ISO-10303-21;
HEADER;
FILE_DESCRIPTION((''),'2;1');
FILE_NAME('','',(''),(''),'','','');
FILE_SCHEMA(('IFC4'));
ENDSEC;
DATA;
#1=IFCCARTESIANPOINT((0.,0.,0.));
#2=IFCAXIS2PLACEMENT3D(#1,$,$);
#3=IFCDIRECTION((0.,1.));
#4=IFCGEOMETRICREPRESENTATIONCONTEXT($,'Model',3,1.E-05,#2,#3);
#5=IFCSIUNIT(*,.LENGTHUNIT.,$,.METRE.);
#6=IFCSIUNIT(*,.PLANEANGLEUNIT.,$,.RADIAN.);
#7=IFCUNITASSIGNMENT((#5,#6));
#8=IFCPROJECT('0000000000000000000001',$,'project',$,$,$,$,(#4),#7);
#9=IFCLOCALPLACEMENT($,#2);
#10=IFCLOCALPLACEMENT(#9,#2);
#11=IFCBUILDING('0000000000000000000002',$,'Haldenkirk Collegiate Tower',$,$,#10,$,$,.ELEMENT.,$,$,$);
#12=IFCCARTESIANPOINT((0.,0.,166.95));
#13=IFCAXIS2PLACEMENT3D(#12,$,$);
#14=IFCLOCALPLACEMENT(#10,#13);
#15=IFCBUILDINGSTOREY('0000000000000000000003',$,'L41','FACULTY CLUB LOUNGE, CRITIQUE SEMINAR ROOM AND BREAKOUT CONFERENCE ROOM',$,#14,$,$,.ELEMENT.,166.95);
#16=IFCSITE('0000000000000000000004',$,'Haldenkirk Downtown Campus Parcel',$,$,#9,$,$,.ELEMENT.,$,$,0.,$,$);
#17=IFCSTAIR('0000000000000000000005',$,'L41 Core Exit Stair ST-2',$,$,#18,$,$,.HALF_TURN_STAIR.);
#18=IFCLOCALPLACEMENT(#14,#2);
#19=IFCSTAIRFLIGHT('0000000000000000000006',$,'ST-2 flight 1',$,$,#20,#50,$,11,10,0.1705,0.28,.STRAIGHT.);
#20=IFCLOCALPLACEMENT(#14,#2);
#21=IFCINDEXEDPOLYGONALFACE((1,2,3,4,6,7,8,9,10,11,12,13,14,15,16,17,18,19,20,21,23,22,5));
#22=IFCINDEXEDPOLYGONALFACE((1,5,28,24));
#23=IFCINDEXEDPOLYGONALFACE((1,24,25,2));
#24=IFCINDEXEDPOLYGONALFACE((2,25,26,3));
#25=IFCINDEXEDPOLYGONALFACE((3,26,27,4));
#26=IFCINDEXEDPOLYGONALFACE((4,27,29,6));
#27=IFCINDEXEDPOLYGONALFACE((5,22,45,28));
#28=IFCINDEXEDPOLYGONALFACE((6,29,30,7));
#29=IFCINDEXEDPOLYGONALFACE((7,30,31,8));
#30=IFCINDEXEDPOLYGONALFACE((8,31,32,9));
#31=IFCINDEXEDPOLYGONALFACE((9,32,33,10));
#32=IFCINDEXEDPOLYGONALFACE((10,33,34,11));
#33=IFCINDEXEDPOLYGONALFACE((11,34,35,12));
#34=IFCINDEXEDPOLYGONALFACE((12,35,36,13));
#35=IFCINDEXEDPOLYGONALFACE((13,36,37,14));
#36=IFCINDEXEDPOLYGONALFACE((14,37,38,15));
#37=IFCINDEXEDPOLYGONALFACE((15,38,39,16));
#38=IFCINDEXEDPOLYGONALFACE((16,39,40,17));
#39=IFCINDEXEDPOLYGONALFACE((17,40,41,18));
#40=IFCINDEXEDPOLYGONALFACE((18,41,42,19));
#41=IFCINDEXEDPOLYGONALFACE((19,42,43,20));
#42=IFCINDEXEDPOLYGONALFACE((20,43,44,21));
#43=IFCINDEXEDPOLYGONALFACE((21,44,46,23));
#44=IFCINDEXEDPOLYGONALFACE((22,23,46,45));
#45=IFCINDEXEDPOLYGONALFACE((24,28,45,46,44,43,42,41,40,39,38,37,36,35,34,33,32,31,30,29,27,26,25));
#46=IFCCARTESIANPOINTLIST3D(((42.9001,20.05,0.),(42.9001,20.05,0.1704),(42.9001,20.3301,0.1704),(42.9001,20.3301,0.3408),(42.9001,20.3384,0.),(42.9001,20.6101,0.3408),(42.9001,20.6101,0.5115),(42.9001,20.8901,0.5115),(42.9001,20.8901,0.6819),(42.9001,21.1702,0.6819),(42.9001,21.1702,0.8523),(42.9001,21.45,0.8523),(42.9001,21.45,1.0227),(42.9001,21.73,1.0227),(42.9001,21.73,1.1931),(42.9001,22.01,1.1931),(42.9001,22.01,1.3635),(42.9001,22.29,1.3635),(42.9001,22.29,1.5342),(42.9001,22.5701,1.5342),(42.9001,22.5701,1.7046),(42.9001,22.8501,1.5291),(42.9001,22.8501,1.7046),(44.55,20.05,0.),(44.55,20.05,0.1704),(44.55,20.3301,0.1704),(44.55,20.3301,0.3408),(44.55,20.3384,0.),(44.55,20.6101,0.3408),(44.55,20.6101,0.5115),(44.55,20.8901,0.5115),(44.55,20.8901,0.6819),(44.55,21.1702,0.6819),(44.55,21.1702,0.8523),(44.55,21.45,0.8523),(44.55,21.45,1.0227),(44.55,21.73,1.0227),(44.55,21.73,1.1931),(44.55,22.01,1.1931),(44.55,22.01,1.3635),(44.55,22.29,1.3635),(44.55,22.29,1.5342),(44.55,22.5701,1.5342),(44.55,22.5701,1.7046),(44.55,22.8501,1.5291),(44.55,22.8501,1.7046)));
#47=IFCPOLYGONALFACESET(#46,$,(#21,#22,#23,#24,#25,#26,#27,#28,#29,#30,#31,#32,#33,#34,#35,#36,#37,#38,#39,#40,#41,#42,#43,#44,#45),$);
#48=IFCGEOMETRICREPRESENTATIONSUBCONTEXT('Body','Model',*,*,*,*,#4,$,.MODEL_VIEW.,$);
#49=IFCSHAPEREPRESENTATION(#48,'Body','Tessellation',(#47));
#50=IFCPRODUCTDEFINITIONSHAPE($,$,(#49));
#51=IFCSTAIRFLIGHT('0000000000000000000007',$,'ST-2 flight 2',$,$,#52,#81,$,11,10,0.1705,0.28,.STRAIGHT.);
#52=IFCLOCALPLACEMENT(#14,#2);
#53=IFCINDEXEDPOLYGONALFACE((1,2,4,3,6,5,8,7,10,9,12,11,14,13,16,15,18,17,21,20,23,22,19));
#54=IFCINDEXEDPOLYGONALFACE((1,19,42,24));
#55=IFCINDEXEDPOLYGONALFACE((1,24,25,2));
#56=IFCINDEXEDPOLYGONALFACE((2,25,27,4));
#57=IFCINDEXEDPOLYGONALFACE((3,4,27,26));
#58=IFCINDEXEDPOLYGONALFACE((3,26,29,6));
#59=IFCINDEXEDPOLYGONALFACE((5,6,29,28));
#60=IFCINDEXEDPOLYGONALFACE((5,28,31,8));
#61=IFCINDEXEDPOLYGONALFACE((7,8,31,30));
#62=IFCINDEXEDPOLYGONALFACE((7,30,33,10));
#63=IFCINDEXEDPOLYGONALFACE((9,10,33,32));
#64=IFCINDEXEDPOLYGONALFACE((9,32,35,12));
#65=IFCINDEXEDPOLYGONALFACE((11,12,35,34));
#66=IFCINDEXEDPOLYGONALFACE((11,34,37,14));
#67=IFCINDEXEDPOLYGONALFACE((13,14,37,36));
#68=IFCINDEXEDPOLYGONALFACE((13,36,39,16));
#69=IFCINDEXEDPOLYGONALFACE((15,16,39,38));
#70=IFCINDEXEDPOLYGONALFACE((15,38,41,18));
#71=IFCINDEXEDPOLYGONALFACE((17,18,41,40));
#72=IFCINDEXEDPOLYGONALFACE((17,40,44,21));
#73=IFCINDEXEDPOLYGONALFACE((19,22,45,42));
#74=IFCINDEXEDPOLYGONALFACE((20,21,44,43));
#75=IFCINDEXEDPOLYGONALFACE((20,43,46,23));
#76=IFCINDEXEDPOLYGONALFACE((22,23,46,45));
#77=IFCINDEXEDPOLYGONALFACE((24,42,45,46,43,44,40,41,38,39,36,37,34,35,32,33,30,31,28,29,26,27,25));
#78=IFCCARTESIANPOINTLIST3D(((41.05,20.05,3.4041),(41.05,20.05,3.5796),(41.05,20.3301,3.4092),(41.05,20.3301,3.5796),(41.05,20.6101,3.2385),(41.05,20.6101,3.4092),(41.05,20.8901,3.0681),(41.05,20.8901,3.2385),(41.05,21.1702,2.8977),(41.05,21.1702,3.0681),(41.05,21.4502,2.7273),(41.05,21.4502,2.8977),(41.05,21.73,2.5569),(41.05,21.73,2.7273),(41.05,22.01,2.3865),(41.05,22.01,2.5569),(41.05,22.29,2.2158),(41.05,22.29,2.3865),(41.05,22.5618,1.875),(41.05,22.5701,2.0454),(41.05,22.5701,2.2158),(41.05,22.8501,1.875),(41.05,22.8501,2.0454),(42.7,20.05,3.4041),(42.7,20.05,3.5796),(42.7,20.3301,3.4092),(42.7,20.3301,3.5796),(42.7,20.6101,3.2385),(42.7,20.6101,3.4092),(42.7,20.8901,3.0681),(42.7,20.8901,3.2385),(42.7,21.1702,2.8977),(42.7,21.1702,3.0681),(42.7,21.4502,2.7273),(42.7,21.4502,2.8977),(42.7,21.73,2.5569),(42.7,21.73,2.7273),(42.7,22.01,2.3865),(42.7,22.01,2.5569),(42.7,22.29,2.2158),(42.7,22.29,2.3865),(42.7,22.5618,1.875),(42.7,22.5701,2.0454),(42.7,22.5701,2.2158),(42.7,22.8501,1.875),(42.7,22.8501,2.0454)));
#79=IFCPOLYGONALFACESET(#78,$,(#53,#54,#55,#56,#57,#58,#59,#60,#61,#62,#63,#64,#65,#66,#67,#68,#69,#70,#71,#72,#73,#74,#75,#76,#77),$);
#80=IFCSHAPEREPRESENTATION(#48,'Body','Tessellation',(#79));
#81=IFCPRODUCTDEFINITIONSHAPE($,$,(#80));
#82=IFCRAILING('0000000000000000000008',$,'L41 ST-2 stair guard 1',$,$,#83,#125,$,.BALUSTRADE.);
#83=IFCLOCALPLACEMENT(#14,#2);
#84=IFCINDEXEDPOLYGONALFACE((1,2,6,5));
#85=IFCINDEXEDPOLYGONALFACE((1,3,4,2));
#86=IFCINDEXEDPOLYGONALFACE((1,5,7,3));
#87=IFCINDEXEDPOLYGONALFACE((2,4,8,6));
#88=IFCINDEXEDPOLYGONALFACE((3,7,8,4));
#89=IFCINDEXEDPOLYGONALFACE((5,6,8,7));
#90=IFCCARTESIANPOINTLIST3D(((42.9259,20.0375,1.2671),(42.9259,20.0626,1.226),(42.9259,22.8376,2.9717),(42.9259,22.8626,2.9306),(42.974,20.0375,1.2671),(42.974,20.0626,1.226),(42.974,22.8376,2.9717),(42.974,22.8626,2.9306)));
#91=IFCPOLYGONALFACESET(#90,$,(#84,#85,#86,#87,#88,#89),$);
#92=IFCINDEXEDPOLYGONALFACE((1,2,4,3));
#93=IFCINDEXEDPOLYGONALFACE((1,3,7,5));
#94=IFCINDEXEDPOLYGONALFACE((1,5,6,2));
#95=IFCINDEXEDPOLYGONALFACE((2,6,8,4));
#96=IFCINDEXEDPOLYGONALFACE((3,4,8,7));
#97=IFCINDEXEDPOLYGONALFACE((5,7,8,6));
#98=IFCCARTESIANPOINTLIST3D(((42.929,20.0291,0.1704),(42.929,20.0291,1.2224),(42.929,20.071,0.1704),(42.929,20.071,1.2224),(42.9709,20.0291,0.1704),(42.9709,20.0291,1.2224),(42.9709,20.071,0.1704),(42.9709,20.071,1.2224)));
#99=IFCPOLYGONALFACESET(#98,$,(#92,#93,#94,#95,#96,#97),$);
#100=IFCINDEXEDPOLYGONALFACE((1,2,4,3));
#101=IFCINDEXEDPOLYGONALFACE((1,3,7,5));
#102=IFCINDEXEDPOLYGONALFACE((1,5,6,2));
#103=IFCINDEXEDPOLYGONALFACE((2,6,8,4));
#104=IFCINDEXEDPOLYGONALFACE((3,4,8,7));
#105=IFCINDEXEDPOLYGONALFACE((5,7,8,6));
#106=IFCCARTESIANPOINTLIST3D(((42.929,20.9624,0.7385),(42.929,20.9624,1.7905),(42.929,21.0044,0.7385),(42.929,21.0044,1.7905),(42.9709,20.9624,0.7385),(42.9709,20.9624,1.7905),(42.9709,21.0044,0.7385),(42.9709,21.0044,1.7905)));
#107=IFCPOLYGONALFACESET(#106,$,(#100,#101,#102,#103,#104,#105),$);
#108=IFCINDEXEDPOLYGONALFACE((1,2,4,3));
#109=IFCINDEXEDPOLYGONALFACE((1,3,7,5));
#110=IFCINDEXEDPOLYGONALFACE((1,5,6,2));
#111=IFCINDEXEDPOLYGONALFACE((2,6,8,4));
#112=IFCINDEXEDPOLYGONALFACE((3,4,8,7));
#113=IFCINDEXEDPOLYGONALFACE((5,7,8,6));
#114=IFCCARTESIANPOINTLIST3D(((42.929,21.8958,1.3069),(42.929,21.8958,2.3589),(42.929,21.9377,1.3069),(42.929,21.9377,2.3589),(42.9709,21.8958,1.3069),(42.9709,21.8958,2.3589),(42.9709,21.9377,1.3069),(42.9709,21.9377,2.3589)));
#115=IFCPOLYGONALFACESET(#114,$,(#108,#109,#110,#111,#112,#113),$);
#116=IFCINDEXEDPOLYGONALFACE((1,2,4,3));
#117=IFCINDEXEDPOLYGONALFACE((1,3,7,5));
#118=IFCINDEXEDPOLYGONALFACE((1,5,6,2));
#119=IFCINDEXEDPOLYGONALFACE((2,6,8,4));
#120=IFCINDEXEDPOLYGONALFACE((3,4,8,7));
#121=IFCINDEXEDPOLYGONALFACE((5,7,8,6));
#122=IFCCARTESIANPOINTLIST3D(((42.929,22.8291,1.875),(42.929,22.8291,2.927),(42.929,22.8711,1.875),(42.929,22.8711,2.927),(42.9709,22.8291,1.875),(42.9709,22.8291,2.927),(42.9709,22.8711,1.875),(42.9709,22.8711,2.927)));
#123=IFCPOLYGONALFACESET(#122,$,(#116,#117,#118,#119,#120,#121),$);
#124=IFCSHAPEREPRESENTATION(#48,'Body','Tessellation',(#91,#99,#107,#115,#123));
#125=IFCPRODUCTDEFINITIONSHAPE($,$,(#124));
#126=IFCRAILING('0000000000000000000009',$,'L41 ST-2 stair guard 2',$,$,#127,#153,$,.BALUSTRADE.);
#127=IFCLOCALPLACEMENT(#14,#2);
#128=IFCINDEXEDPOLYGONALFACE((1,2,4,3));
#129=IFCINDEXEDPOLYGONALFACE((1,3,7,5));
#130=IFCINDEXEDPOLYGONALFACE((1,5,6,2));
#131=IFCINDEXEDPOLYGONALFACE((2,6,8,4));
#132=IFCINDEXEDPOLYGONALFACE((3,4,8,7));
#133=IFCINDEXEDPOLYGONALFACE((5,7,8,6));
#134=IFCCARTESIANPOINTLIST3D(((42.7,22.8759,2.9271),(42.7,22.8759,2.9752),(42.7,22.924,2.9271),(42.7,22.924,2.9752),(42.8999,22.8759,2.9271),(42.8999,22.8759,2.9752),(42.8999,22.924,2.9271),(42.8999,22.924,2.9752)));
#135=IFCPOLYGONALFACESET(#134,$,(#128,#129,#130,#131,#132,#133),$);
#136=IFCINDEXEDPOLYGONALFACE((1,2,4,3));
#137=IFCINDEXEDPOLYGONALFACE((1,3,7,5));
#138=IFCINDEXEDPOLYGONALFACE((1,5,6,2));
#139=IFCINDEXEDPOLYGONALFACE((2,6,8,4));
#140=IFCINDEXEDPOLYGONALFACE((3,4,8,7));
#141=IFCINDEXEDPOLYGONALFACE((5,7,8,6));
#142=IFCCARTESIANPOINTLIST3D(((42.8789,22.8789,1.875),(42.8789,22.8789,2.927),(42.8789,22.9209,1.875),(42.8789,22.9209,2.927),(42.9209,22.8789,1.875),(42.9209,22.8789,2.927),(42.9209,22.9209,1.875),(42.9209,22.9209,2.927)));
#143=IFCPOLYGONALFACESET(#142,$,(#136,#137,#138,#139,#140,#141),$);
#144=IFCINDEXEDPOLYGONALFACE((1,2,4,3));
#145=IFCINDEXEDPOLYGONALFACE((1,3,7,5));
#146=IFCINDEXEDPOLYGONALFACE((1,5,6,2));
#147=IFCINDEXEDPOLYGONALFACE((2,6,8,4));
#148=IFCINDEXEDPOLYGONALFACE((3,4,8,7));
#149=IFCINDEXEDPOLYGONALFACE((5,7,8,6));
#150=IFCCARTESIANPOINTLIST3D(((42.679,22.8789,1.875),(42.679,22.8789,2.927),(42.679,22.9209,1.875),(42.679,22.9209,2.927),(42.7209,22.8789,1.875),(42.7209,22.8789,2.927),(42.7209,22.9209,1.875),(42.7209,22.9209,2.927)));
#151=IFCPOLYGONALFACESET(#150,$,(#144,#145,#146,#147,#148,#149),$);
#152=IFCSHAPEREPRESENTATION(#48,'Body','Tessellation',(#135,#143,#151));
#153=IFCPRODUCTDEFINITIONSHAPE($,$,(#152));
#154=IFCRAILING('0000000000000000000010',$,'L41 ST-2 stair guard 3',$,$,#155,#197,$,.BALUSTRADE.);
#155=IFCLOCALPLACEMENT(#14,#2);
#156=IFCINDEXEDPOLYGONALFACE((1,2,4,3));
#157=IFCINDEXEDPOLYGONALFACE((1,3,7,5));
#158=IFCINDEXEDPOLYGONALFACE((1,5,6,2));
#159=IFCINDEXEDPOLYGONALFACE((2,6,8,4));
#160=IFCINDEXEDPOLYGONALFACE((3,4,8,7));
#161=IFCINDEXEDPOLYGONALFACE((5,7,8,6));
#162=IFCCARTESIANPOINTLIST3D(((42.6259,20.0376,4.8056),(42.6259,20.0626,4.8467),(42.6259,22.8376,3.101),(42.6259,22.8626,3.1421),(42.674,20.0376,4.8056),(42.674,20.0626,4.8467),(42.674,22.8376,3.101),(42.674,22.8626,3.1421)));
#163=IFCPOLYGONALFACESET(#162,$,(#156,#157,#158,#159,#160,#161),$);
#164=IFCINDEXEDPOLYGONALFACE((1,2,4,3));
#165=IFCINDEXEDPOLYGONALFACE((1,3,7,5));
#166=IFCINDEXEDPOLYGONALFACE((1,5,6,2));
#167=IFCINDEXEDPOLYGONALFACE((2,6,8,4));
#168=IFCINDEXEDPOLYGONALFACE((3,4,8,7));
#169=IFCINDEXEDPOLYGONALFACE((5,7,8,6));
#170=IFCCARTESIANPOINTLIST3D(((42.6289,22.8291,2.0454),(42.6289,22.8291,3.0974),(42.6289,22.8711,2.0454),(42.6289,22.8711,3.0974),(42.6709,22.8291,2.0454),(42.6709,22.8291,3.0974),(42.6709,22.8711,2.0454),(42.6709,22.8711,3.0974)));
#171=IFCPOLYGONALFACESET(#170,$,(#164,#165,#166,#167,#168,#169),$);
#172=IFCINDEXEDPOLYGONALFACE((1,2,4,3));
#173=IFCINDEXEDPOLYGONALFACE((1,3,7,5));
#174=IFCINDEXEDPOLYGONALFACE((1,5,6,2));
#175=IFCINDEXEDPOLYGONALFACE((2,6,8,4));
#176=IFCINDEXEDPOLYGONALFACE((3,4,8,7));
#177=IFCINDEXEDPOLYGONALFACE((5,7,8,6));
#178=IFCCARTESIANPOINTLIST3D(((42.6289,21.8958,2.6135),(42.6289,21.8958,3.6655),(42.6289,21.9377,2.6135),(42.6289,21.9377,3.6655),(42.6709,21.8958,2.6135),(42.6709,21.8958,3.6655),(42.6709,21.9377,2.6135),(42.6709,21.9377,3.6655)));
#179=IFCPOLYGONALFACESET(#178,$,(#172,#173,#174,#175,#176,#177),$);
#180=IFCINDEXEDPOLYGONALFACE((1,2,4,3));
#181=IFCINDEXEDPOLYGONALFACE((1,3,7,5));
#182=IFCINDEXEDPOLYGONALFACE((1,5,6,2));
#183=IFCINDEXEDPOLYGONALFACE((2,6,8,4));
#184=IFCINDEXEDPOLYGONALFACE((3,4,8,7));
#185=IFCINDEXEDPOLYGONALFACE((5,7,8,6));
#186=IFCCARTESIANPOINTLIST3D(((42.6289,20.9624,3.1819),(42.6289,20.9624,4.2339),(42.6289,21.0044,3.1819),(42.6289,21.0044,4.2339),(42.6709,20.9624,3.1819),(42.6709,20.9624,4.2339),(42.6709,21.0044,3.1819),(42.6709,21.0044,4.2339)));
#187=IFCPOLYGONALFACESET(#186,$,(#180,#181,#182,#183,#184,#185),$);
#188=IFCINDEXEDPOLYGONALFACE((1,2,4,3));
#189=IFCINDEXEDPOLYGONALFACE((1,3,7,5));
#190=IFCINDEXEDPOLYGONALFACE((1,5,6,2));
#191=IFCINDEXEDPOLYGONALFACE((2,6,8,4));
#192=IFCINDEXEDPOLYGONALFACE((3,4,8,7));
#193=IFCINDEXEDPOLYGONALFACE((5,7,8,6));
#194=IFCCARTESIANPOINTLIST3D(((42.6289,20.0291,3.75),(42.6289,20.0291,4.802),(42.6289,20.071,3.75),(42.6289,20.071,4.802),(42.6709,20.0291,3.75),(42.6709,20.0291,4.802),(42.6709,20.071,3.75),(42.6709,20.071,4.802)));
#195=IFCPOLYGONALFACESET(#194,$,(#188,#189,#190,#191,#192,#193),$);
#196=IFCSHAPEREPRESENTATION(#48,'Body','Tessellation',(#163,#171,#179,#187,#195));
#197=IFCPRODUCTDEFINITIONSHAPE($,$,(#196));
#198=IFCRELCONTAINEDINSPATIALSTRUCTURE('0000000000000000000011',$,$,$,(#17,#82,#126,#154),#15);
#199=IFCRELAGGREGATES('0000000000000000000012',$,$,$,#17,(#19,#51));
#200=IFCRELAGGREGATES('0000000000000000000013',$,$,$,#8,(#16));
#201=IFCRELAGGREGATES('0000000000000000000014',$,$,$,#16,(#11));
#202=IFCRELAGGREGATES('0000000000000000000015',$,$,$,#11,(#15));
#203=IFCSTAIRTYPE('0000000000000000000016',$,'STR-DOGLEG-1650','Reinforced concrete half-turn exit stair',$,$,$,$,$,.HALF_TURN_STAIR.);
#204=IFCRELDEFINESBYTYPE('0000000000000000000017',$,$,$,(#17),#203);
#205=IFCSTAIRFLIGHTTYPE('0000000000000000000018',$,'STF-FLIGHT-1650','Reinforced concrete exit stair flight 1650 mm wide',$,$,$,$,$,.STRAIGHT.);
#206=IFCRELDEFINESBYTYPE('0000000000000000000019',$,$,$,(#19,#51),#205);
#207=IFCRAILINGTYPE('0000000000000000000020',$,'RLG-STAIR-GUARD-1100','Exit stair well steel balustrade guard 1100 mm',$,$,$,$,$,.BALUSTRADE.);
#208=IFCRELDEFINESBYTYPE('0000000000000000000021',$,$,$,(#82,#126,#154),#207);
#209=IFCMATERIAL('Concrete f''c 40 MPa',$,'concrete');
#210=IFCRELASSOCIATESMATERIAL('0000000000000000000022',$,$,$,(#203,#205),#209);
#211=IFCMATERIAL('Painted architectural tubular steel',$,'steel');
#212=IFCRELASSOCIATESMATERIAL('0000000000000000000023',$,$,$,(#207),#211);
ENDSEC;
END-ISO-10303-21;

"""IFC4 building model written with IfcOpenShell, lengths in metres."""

from ifc_helpers import new_model, si_unit, direction, frame, origin, origin_2d, place, context, subcontext, project, spatial, polyline, rectangle, outline, extrude, material, type_object, element, aggregate, save


model = new_model("IFC4")

# Units and contexts
model_context = context("Model", 3, precision=1e-05, world=origin(), true_north=direction((0.0, 1.0)))
body_context = subcontext(model_context, "Body", "Model", "MODEL_VIEW")
ifc_project = project(units=[si_unit("LENGTHUNIT", "METRE"), si_unit("PLANEANGLEUNIT", "RADIAN")], contexts=[model_context])

# Site, building, storey
site_placement = place(None, origin())
site = spatial("IfcSite", under=ifc_project, at=site_placement, Name="Haldenkirk Downtown Campus Parcel", CompositionType="ELEMENT", RefElevation=0.0)
building_placement = place(site_placement, origin())
building = spatial("IfcBuilding", under=site, at=building_placement, Name="Haldenkirk Collegiate Tower", CompositionType="ELEMENT")
storey_placement = place(building_placement, frame((0.0, 0.0, 166.95)))
storey = spatial("IfcBuildingStorey", under=building, at=storey_placement, Name="L41", Description="FACULTY CLUB LOUNGE, CRITIQUE SEMINAR ROOM AND BREAKOUT CONFERENCE ROOM", CompositionType="ELEMENT", Elevation=166.95)

# Stair, stair flights
ifc_material_1 = material(Name="Concrete f'c 40 MPa", Category="concrete")
stair_type = type_object("IfcStairType", Name="STR-DOGLEG-1650", Description="Reinforced concrete half-turn exit stair", PredefinedType="HALF_TURN_STAIR", material=ifc_material_1)
stair_placement = place(storey_placement, origin())
stair = element("IfcStair", 1, at=stair_placement, inside=storey, type_object=stair_type, Name="L41 Core Exit Stair ST-2", PredefinedType="HALF_TURN_STAIR")
stair_flight_type = type_object("IfcStairFlightType", Name="STF-FLIGHT-1650", Description="Reinforced concrete exit stair flight 1650 mm wide", PredefinedType="STRAIGHT", material=ifc_material_1)
stair_flight_1_placement = place(storey_placement, frame((43.7251, 20.05, 0.0), z_axis=(0.0, 0.0, 1.0), x_axis=(0.0, 1.0, 0.0)))
stair_flight_1 = element("IfcStairFlight", 2, at=stair_flight_1_placement, type_object=stair_flight_type, Name="ST-2 flight 1", NumberOfRisers=11, NumberOfTreads=10, PredefinedType="STRAIGHT", RiserHeight=0.1705, TreadLength=0.28, context=body_context, shape_type="SweptSolid", body=[
    extrude(outline(polyline([(0.0, 0.0), (0.0, 0.1704), (0.28, 0.1704), (0.28, 0.3408), (0.5601, 0.3408), (0.5601, 0.5115), (0.8401, 0.5115), (0.8401, 0.6819), (1.1201, 0.6819), (1.1201, 0.8523), (1.3999, 0.8523), (1.3999, 1.0227), (1.6799, 1.0227), (1.6799, 1.1931), (1.96, 1.1931), (1.96, 1.3635), (2.24, 1.3635), (2.24, 1.5342), (2.52, 1.5342), (2.52, 1.7046), (2.8, 1.7046), (2.8, 1.875), (2.8, 1.5291), (0.2883, 0.0), (0.0, 0.0)])), frame((0.0, 0.825, 0.0), z_axis=(0.0, -1.0, 0.0), x_axis=(1.0, 0.0, 0.0)), (0.0, 0.0, 1.0), 1.6499),
])
stair_flight_2_placement = place(storey_placement, frame((41.875, 22.8501, 1.875), z_axis=(0.0, 0.0, 1.0), x_axis=(0.0, -1.0, 0.0)))
stair_flight_2 = element("IfcStairFlight", 3, at=stair_flight_2_placement, type_object=stair_flight_type, Name="ST-2 flight 2", NumberOfRisers=11, NumberOfTreads=10, PredefinedType="STRAIGHT", RiserHeight=0.1705, TreadLength=0.28, context=body_context, shape_type="SweptSolid", body=[
    extrude(outline(polyline([(0.0, 0.0), (0.0, 0.1704), (0.28, 0.1704), (0.28, 0.3408), (0.5601, 0.3408), (0.5601, 0.5115), (0.8401, 0.5115), (0.8401, 0.6819), (1.1201, 0.6819), (1.1201, 0.8523), (1.3999, 0.8523), (1.3999, 1.0227), (1.6799, 1.0227), (1.6799, 1.1931), (1.96, 1.1931), (1.96, 1.3635), (2.24, 1.3635), (2.24, 1.5342), (2.52, 1.5342), (2.52, 1.7046), (2.8, 1.7046), (2.8, 1.875), (2.8, 1.5291), (0.2883, 0.0), (0.0, 0.0)])), frame((0.0, 0.825, 0.0), z_axis=(0.0, -1.0, 0.0), x_axis=(1.0, 0.0, 0.0)), (0.0, 0.0, 1.0), 1.6499),
])
aggregate(stair, [stair_flight_1, stair_flight_2])

# Railings
ifc_material_2 = material(Name="Painted architectural tubular steel", Category="steel")
railing_type_1 = type_object("IfcRailingType", Name="RLG-STAIR-GUARD-1100", Description="Exit stair well steel balustrade guard 1100 mm", PredefinedType="BALUSTRADE", material=ifc_material_2)
railing_1_placement = place(storey_placement, frame((42.95, 20.05, 0.1704)))
element("IfcRailing", 4, at=railing_1_placement, inside=storey, type_object=railing_type_1, Name="L41 ST-2 stair guard 1", PredefinedType="BALUSTRADE", context=body_context, shape_type="SweptSolid", body=[
    extrude(rectangle(XDim=0.0481, YDim=0.0481, at=origin_2d()), frame((0.0, 0.0, 1.0762), z_axis=(0.0, 0.85417, 0.519994), x_axis=(-1.0, 0.0, 0.0)), (0.0, 0.0, 1.0), 3.2781),
    extrude(rectangle(XDim=0.042, YDim=0.042, at=origin_2d()), origin(), (0.0, 0.0, 1.0), 1.052),
    extrude(rectangle(XDim=0.042, YDim=0.042, at=origin_2d()), frame((0.0, 0.9333, 0.5681)), (0.0, 0.0, 1.0), 1.052),
    extrude(rectangle(XDim=0.042, YDim=0.042, at=origin_2d()), frame((0.0, 1.8667, 1.1365)), (0.0, 0.0, 1.0), 1.052),
    extrude(rectangle(XDim=0.042, YDim=0.042, at=origin_2d()), frame((0.0, 2.8, 1.7046)), (0.0, 0.0, 1.0), 1.052),
])
railing_2_placement = place(storey_placement, frame((42.8999, 22.8999, 1.875)))
element("IfcRailing", 5, at=railing_2_placement, inside=storey, type_object=railing_type_1, Name="L41 ST-2 stair guard 2", PredefinedType="BALUSTRADE", context=body_context, shape_type="SweptSolid", body=[
    extrude(rectangle(XDim=0.0481, YDim=0.0481, at=origin_2d()), frame((0.0, 0.0, 1.0762), z_axis=(-1.0, 0.0, 0.0), x_axis=(0.0, -1.0, 0.0)), (0.0, 0.0, 1.0), 0.2),
    extrude(rectangle(XDim=0.042, YDim=0.042, at=origin_2d()), origin(), (0.0, 0.0, 1.0), 1.052),
    extrude(rectangle(XDim=0.042, YDim=0.042, at=origin_2d()), frame((-0.2, 0.0, 0.0)), (0.0, 0.0, 1.0), 1.052),
])
railing_3_placement = place(storey_placement, frame((42.6499, 22.8501, 2.0454)))
element("IfcRailing", 6, at=railing_3_placement, inside=storey, type_object=railing_type_1, Name="L41 ST-2 stair guard 3", PredefinedType="BALUSTRADE", context=body_context, shape_type="SweptSolid", body=[
    extrude(rectangle(XDim=0.0481, YDim=0.0481, at=origin_2d()), frame((0.0, 0.0, 1.0762), z_axis=(0.0, -0.85417, 0.519994), x_axis=(1.0, 0.0, 0.0)), (0.0, 0.0, 1.0), 3.2781),
    extrude(rectangle(XDim=0.042, YDim=0.042, at=origin_2d()), origin(), (0.0, 0.0, 1.0), 1.052),
    extrude(rectangle(XDim=0.042, YDim=0.042, at=origin_2d()), frame((0.0, -0.9333, 0.5681)), (0.0, 0.0, 1.0), 1.052),
    extrude(rectangle(XDim=0.042, YDim=0.042, at=origin_2d()), frame((0.0, -1.8667, 1.1365)), (0.0, 0.0, 1.0), 1.052),
    extrude(rectangle(XDim=0.042, YDim=0.042, at=origin_2d()), frame((0.0, -2.8, 1.7046)), (0.0, 0.0, 1.0), 1.052),
])

save(model, "model.ifc")
